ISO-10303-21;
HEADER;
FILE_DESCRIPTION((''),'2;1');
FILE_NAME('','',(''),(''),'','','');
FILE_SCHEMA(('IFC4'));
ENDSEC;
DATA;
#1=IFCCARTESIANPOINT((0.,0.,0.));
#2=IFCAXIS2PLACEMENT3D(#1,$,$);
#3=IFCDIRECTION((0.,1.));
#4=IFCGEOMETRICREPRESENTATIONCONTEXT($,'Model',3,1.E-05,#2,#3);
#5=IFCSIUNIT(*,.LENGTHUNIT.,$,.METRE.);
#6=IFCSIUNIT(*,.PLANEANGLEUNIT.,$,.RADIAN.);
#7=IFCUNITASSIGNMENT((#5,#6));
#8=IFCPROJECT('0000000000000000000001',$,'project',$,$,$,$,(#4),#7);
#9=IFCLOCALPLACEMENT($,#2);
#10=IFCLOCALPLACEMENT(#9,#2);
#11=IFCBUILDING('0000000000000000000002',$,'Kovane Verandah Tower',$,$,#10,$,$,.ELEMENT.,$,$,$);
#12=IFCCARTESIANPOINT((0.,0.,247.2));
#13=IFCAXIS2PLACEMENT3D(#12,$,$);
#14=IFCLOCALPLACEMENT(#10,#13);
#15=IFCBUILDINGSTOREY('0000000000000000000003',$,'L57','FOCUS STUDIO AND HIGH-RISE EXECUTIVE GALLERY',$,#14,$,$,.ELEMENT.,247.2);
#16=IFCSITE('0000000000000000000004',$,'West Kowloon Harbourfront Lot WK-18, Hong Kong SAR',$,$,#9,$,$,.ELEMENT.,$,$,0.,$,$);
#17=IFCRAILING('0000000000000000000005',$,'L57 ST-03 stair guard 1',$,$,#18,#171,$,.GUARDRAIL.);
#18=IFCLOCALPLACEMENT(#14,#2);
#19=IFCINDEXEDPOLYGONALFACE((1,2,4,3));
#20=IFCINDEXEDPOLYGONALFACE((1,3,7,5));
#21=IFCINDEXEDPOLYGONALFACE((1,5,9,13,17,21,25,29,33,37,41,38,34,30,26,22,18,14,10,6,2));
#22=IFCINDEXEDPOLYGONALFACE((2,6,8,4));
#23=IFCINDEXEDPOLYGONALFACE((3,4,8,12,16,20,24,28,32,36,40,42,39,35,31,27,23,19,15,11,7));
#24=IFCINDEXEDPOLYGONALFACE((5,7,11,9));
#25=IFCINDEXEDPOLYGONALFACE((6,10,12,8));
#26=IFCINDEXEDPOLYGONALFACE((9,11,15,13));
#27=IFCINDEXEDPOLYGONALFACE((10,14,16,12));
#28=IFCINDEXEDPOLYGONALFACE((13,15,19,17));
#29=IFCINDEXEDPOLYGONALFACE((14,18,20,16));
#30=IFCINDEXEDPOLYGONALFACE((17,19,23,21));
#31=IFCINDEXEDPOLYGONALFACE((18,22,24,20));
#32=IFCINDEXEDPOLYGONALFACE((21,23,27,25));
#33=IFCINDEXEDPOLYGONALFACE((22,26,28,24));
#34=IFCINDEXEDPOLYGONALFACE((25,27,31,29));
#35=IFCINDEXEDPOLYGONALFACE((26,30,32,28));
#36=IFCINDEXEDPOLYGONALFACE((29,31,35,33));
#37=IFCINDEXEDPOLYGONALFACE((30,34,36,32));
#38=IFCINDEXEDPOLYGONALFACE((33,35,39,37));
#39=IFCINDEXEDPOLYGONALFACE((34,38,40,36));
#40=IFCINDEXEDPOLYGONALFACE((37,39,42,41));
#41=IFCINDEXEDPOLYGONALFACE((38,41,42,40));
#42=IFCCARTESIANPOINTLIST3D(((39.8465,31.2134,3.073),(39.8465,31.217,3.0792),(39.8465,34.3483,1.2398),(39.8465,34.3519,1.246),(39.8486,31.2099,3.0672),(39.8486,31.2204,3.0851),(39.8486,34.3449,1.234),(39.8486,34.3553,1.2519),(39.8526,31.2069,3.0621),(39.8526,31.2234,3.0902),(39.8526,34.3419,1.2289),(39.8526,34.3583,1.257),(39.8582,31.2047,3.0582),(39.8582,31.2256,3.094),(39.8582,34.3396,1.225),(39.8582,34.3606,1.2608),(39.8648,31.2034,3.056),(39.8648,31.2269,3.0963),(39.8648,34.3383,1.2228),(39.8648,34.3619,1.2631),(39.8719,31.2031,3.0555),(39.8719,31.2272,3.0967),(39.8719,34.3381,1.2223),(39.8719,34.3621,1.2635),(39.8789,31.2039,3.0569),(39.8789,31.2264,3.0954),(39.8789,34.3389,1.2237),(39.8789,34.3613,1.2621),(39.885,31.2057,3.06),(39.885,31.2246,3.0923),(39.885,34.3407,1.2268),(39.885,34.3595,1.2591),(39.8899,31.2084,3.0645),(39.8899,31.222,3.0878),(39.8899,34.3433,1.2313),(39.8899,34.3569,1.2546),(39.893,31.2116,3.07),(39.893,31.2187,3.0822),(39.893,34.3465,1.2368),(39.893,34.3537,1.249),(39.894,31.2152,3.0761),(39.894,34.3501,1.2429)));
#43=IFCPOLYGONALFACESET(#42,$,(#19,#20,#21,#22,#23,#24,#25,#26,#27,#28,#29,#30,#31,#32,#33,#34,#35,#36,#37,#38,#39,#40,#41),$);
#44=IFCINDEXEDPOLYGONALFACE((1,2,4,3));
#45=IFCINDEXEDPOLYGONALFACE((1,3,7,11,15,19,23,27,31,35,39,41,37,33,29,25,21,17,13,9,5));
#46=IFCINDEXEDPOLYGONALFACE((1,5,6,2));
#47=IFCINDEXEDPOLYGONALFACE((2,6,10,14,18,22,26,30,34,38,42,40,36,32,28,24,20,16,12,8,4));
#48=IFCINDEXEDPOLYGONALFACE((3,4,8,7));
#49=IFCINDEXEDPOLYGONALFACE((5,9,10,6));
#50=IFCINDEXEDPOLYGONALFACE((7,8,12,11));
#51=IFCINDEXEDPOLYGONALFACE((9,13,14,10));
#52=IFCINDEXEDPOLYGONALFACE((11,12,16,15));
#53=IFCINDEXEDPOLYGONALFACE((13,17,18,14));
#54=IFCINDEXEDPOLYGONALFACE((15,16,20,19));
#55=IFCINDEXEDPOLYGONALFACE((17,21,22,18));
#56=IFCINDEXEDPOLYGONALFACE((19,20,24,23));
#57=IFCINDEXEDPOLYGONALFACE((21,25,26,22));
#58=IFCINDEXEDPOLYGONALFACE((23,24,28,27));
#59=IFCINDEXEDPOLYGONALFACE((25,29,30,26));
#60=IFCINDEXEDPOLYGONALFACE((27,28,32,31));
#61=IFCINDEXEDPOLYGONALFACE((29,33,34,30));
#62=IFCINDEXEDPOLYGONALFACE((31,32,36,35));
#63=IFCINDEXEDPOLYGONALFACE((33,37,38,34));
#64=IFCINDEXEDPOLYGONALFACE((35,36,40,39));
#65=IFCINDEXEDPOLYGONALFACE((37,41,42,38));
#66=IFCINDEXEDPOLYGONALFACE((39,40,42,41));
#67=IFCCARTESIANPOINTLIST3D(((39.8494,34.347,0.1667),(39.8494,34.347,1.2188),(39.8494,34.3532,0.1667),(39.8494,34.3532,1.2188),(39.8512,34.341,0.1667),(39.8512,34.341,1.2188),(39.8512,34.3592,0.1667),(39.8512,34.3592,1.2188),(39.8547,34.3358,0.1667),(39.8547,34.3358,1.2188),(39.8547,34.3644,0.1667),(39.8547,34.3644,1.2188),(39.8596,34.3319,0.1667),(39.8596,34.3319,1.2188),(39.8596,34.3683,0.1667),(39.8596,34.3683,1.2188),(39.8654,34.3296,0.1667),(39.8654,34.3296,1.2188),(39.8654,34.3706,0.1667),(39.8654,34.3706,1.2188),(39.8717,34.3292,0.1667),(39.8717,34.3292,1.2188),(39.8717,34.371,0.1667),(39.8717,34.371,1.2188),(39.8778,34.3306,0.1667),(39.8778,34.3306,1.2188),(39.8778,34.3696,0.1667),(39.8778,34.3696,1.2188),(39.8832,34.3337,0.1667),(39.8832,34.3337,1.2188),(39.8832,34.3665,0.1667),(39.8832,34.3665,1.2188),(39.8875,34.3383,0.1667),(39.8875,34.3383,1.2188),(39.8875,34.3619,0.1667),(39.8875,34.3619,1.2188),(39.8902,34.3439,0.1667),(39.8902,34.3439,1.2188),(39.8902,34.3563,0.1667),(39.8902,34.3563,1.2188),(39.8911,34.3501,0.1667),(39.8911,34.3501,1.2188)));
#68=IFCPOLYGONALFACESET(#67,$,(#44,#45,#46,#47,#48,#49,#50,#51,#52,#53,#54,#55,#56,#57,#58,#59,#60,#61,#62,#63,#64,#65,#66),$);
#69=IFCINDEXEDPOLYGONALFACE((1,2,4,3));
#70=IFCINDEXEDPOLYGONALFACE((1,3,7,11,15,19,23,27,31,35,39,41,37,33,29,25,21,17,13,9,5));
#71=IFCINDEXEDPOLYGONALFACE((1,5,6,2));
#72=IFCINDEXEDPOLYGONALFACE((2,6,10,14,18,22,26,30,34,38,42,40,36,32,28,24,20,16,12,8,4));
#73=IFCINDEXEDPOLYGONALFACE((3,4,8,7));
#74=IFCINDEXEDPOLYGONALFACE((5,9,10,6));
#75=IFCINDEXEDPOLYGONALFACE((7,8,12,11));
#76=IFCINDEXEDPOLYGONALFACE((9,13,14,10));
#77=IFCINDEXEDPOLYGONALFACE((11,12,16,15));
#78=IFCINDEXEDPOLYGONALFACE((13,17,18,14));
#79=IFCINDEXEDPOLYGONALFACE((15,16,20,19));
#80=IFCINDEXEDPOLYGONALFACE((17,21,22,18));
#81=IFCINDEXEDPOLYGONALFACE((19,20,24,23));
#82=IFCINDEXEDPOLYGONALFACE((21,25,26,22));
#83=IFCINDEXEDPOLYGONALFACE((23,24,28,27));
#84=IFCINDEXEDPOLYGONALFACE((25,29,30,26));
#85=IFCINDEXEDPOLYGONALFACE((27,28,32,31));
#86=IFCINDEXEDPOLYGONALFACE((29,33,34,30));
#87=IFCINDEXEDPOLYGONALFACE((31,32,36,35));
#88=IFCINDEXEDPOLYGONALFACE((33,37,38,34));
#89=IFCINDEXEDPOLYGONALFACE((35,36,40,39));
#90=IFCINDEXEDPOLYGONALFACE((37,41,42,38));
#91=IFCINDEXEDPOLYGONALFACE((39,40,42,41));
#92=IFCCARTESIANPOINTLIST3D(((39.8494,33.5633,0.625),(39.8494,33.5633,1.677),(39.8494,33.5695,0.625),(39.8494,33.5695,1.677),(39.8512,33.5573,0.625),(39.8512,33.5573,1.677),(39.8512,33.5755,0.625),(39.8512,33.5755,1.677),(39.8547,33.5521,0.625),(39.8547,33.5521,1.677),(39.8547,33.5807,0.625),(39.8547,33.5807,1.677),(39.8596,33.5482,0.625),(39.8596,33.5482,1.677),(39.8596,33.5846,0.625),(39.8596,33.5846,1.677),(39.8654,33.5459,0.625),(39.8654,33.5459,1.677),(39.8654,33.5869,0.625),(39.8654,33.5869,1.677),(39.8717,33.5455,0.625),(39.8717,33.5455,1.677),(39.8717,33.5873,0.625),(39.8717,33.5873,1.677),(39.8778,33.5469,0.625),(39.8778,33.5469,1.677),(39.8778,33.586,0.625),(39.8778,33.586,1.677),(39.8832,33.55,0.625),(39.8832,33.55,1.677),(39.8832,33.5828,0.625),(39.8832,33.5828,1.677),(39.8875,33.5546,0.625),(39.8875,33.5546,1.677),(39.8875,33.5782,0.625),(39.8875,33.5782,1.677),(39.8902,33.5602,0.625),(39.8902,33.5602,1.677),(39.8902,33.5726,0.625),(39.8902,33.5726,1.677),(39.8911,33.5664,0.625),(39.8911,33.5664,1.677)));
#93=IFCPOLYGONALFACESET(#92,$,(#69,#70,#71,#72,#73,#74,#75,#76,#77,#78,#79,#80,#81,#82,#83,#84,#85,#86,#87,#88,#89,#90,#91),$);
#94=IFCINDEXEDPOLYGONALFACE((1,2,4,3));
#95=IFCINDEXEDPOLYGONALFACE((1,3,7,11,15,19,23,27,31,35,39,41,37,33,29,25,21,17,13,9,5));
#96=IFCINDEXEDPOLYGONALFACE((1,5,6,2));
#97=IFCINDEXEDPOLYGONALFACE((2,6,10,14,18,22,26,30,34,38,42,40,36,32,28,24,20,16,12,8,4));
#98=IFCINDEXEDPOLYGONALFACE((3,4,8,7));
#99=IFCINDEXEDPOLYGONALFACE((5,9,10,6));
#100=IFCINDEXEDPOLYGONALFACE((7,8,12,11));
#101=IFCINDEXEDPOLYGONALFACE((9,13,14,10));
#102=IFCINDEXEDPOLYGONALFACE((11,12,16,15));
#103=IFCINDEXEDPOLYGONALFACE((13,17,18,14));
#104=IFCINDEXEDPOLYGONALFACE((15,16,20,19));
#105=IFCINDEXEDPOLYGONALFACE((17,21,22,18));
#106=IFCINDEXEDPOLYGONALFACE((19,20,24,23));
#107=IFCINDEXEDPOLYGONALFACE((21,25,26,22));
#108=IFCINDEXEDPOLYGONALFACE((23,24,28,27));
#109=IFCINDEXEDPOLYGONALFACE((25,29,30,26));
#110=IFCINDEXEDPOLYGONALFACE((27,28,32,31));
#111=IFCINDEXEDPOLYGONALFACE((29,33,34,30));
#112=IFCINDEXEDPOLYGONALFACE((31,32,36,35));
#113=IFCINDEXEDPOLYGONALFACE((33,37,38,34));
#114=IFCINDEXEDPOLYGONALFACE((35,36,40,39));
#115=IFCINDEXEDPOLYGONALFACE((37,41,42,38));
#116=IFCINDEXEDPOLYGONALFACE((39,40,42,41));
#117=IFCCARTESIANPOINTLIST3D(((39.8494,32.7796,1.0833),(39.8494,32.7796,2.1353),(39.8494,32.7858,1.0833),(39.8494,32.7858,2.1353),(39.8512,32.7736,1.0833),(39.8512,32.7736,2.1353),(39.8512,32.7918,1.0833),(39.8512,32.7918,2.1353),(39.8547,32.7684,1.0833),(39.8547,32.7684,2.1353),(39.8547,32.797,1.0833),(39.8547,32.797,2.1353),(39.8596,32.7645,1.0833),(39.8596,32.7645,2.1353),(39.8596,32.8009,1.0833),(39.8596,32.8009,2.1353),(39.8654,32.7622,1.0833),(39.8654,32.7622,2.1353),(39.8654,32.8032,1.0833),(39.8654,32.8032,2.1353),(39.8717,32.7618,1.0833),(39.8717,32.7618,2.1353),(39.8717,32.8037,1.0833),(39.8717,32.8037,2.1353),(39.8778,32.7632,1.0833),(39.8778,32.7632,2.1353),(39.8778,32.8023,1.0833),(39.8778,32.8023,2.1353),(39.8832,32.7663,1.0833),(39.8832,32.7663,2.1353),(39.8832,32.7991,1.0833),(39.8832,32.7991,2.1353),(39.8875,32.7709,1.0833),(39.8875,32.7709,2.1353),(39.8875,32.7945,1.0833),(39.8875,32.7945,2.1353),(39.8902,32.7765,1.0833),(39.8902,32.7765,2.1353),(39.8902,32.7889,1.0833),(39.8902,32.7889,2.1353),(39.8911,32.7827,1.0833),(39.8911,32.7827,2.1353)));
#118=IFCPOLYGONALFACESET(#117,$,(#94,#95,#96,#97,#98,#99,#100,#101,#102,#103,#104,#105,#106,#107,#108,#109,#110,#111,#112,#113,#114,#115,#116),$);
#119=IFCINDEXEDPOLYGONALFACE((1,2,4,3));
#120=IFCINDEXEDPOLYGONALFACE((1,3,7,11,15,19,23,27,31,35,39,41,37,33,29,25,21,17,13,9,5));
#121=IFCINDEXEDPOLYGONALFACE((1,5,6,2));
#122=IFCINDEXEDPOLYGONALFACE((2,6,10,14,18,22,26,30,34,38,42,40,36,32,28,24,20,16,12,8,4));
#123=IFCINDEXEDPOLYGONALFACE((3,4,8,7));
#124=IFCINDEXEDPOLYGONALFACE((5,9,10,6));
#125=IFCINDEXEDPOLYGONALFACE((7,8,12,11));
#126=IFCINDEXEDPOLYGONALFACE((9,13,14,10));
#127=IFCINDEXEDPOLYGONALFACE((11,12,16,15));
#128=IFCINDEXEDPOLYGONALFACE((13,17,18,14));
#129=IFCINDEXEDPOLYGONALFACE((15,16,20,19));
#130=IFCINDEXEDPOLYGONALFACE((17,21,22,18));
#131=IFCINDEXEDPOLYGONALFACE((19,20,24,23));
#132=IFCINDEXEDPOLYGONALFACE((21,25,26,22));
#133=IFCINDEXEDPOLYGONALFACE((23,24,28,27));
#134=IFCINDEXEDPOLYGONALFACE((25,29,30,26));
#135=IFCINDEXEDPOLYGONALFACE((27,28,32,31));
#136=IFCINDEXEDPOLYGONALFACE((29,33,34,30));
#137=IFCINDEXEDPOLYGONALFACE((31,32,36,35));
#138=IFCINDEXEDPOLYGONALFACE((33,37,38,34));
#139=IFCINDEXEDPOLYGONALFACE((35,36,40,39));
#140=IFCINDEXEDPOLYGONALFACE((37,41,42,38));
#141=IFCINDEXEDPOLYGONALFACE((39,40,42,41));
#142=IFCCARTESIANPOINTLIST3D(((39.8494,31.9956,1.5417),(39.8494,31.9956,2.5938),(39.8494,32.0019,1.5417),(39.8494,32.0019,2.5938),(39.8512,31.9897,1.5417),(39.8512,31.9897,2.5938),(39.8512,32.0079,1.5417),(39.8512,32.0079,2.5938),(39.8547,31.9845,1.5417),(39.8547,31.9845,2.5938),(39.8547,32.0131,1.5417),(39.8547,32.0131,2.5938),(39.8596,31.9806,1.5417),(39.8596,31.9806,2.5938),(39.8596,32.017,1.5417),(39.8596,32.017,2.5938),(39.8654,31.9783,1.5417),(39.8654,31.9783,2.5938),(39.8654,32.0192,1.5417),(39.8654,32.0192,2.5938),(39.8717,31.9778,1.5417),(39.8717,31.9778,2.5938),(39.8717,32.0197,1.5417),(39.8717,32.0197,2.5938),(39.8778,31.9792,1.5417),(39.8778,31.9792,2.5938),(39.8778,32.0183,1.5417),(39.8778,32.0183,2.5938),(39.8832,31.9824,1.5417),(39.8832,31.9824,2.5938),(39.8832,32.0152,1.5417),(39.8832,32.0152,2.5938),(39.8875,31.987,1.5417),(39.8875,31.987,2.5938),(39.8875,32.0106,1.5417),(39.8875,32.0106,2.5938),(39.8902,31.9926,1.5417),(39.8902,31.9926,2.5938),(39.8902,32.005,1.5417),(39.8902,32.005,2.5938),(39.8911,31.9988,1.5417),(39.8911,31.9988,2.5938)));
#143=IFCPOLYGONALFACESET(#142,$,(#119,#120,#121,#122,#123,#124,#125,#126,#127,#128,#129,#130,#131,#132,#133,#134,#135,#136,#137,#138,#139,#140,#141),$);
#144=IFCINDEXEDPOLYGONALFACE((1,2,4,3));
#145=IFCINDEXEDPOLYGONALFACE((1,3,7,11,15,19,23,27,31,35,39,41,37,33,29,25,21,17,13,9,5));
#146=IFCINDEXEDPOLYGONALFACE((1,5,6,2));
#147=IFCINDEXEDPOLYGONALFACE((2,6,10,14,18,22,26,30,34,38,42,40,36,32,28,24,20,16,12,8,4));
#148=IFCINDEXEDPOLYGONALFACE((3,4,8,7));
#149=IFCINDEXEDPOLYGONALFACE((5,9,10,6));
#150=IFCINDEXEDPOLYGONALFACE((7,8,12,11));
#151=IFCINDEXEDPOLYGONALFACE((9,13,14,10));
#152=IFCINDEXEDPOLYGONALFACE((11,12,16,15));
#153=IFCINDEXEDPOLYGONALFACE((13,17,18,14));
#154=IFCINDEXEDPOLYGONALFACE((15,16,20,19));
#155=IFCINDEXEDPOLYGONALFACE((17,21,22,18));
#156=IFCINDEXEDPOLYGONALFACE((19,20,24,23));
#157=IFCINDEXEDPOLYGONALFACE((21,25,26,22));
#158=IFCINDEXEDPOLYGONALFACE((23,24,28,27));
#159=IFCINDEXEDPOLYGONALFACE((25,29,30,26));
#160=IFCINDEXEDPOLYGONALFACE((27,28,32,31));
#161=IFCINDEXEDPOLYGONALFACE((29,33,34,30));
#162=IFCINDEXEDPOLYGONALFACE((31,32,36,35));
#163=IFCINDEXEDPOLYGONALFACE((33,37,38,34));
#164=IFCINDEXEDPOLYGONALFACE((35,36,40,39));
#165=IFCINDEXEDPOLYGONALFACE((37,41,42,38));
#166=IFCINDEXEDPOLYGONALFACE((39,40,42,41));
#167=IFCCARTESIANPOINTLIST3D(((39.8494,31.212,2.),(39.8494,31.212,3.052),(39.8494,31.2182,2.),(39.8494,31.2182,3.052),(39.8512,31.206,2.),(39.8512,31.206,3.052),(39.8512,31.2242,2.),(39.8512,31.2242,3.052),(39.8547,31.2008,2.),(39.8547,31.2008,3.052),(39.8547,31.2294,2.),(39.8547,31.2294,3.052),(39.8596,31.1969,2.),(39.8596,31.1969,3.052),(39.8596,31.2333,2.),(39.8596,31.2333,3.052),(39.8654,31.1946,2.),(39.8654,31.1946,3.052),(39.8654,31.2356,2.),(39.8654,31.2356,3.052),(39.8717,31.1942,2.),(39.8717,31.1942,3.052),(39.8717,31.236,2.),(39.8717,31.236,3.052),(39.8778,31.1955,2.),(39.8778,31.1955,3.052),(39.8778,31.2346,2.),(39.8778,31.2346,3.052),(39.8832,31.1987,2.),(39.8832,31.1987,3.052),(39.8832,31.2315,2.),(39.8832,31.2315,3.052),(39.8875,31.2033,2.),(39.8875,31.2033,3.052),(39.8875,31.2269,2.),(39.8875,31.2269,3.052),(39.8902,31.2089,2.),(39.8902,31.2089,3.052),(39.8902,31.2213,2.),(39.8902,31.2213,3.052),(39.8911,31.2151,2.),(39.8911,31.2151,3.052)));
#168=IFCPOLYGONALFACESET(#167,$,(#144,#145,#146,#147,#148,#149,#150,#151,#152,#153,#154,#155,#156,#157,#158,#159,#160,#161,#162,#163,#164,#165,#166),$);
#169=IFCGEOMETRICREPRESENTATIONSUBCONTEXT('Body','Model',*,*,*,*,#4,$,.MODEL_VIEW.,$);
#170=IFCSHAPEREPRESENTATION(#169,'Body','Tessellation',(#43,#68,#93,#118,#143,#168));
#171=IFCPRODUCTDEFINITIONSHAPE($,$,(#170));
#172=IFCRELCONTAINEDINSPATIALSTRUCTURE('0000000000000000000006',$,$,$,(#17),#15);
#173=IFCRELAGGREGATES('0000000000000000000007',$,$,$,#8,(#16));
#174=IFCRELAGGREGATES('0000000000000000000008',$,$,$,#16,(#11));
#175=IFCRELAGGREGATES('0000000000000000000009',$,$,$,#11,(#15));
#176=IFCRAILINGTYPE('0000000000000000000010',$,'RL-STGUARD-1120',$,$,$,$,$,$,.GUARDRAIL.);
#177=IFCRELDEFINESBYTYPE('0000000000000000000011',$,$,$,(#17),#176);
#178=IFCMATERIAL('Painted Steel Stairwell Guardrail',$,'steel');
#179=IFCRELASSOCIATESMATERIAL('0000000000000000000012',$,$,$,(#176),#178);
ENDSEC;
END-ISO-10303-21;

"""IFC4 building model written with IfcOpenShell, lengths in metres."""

from ifc_helpers import new_model, si_unit, direction, frame, origin, origin_2d, place, context, subcontext, project, spatial, circle, extrude, material, type_object, element, save


model = new_model("IFC4")

# Units and contexts
model_context = context("Model", 3, precision=1e-05, world=origin(), true_north=direction((0.0, 1.0)))
body_context = subcontext(model_context, "Body", "Model", "MODEL_VIEW")
ifc_project = project(units=[si_unit("LENGTHUNIT", "METRE"), si_unit("PLANEANGLEUNIT", "RADIAN")], contexts=[model_context])

# Site, building, storey
site_placement = place(None, origin())
site = spatial("IfcSite", under=ifc_project, at=site_placement, Name="West Kowloon Harbourfront Lot WK-18, Hong Kong SAR", CompositionType="ELEMENT", RefElevation=0.0)
building_placement = place(site_placement, origin())
building = spatial("IfcBuilding", under=site, at=building_placement, Name="Kovane Verandah Tower", CompositionType="ELEMENT")
storey_placement = place(building_placement, frame((0.0, 0.0, 247.2)))
storey = spatial("IfcBuildingStorey", under=building, at=storey_placement, Name="L57", Description="FOCUS STUDIO AND HIGH-RISE EXECUTIVE GALLERY", CompositionType="ELEMENT", Elevation=247.2)

# Railing
ifc_material_1 = material(Name="Painted Steel Stairwell Guardrail", Category="steel")
railing_type_1 = type_object("IfcRailingType", Name="RL-STGUARD-1120", PredefinedType="GUARDRAIL", material=ifc_material_1)
for number, where, name in (
    (1, (39.8701, 34.3501, 0.1667), "L57 ST-03 stair guard 1"),
):
    element("IfcRailing", number, at=place(storey_placement, frame(where)), inside=storey, type_object=railing_type_1, Name=name, PredefinedType="GUARDRAIL", context=body_context, shape_type="SweptSolid", body=[
        extrude(circle(Radius=0.0239, at=origin_2d()), frame((0.0, 0.0, 1.0762), z_axis=(0.0, -0.86324, 0.504794), x_axis=(1.0, 0.0, 0.0)), (0.0, 0.0, 1.0), 3.6316),
        extrude(circle(Radius=0.021, at=origin_2d()), origin(), (0.0, 0.0, 1.0), 1.052),
        extrude(circle(Radius=0.021, at=origin_2d()), frame((0.0, -0.7837, 0.4583)), (0.0, 0.0, 1.0), 1.052),
        extrude(circle(Radius=0.021, at=origin_2d()), frame((0.0, -1.5674, 0.9165)), (0.0, 0.0, 1.0), 1.052),
        extrude(circle(Radius=0.021, at=origin_2d()), frame((0.0, -2.3513, 1.375)), (0.0, 0.0, 1.0), 1.052),
        extrude(circle(Radius=0.021, at=origin_2d()), frame((0.0, -3.135, 1.8333)), (0.0, 0.0, 1.0), 1.052),
    ])

save(model, "model.ifc")
